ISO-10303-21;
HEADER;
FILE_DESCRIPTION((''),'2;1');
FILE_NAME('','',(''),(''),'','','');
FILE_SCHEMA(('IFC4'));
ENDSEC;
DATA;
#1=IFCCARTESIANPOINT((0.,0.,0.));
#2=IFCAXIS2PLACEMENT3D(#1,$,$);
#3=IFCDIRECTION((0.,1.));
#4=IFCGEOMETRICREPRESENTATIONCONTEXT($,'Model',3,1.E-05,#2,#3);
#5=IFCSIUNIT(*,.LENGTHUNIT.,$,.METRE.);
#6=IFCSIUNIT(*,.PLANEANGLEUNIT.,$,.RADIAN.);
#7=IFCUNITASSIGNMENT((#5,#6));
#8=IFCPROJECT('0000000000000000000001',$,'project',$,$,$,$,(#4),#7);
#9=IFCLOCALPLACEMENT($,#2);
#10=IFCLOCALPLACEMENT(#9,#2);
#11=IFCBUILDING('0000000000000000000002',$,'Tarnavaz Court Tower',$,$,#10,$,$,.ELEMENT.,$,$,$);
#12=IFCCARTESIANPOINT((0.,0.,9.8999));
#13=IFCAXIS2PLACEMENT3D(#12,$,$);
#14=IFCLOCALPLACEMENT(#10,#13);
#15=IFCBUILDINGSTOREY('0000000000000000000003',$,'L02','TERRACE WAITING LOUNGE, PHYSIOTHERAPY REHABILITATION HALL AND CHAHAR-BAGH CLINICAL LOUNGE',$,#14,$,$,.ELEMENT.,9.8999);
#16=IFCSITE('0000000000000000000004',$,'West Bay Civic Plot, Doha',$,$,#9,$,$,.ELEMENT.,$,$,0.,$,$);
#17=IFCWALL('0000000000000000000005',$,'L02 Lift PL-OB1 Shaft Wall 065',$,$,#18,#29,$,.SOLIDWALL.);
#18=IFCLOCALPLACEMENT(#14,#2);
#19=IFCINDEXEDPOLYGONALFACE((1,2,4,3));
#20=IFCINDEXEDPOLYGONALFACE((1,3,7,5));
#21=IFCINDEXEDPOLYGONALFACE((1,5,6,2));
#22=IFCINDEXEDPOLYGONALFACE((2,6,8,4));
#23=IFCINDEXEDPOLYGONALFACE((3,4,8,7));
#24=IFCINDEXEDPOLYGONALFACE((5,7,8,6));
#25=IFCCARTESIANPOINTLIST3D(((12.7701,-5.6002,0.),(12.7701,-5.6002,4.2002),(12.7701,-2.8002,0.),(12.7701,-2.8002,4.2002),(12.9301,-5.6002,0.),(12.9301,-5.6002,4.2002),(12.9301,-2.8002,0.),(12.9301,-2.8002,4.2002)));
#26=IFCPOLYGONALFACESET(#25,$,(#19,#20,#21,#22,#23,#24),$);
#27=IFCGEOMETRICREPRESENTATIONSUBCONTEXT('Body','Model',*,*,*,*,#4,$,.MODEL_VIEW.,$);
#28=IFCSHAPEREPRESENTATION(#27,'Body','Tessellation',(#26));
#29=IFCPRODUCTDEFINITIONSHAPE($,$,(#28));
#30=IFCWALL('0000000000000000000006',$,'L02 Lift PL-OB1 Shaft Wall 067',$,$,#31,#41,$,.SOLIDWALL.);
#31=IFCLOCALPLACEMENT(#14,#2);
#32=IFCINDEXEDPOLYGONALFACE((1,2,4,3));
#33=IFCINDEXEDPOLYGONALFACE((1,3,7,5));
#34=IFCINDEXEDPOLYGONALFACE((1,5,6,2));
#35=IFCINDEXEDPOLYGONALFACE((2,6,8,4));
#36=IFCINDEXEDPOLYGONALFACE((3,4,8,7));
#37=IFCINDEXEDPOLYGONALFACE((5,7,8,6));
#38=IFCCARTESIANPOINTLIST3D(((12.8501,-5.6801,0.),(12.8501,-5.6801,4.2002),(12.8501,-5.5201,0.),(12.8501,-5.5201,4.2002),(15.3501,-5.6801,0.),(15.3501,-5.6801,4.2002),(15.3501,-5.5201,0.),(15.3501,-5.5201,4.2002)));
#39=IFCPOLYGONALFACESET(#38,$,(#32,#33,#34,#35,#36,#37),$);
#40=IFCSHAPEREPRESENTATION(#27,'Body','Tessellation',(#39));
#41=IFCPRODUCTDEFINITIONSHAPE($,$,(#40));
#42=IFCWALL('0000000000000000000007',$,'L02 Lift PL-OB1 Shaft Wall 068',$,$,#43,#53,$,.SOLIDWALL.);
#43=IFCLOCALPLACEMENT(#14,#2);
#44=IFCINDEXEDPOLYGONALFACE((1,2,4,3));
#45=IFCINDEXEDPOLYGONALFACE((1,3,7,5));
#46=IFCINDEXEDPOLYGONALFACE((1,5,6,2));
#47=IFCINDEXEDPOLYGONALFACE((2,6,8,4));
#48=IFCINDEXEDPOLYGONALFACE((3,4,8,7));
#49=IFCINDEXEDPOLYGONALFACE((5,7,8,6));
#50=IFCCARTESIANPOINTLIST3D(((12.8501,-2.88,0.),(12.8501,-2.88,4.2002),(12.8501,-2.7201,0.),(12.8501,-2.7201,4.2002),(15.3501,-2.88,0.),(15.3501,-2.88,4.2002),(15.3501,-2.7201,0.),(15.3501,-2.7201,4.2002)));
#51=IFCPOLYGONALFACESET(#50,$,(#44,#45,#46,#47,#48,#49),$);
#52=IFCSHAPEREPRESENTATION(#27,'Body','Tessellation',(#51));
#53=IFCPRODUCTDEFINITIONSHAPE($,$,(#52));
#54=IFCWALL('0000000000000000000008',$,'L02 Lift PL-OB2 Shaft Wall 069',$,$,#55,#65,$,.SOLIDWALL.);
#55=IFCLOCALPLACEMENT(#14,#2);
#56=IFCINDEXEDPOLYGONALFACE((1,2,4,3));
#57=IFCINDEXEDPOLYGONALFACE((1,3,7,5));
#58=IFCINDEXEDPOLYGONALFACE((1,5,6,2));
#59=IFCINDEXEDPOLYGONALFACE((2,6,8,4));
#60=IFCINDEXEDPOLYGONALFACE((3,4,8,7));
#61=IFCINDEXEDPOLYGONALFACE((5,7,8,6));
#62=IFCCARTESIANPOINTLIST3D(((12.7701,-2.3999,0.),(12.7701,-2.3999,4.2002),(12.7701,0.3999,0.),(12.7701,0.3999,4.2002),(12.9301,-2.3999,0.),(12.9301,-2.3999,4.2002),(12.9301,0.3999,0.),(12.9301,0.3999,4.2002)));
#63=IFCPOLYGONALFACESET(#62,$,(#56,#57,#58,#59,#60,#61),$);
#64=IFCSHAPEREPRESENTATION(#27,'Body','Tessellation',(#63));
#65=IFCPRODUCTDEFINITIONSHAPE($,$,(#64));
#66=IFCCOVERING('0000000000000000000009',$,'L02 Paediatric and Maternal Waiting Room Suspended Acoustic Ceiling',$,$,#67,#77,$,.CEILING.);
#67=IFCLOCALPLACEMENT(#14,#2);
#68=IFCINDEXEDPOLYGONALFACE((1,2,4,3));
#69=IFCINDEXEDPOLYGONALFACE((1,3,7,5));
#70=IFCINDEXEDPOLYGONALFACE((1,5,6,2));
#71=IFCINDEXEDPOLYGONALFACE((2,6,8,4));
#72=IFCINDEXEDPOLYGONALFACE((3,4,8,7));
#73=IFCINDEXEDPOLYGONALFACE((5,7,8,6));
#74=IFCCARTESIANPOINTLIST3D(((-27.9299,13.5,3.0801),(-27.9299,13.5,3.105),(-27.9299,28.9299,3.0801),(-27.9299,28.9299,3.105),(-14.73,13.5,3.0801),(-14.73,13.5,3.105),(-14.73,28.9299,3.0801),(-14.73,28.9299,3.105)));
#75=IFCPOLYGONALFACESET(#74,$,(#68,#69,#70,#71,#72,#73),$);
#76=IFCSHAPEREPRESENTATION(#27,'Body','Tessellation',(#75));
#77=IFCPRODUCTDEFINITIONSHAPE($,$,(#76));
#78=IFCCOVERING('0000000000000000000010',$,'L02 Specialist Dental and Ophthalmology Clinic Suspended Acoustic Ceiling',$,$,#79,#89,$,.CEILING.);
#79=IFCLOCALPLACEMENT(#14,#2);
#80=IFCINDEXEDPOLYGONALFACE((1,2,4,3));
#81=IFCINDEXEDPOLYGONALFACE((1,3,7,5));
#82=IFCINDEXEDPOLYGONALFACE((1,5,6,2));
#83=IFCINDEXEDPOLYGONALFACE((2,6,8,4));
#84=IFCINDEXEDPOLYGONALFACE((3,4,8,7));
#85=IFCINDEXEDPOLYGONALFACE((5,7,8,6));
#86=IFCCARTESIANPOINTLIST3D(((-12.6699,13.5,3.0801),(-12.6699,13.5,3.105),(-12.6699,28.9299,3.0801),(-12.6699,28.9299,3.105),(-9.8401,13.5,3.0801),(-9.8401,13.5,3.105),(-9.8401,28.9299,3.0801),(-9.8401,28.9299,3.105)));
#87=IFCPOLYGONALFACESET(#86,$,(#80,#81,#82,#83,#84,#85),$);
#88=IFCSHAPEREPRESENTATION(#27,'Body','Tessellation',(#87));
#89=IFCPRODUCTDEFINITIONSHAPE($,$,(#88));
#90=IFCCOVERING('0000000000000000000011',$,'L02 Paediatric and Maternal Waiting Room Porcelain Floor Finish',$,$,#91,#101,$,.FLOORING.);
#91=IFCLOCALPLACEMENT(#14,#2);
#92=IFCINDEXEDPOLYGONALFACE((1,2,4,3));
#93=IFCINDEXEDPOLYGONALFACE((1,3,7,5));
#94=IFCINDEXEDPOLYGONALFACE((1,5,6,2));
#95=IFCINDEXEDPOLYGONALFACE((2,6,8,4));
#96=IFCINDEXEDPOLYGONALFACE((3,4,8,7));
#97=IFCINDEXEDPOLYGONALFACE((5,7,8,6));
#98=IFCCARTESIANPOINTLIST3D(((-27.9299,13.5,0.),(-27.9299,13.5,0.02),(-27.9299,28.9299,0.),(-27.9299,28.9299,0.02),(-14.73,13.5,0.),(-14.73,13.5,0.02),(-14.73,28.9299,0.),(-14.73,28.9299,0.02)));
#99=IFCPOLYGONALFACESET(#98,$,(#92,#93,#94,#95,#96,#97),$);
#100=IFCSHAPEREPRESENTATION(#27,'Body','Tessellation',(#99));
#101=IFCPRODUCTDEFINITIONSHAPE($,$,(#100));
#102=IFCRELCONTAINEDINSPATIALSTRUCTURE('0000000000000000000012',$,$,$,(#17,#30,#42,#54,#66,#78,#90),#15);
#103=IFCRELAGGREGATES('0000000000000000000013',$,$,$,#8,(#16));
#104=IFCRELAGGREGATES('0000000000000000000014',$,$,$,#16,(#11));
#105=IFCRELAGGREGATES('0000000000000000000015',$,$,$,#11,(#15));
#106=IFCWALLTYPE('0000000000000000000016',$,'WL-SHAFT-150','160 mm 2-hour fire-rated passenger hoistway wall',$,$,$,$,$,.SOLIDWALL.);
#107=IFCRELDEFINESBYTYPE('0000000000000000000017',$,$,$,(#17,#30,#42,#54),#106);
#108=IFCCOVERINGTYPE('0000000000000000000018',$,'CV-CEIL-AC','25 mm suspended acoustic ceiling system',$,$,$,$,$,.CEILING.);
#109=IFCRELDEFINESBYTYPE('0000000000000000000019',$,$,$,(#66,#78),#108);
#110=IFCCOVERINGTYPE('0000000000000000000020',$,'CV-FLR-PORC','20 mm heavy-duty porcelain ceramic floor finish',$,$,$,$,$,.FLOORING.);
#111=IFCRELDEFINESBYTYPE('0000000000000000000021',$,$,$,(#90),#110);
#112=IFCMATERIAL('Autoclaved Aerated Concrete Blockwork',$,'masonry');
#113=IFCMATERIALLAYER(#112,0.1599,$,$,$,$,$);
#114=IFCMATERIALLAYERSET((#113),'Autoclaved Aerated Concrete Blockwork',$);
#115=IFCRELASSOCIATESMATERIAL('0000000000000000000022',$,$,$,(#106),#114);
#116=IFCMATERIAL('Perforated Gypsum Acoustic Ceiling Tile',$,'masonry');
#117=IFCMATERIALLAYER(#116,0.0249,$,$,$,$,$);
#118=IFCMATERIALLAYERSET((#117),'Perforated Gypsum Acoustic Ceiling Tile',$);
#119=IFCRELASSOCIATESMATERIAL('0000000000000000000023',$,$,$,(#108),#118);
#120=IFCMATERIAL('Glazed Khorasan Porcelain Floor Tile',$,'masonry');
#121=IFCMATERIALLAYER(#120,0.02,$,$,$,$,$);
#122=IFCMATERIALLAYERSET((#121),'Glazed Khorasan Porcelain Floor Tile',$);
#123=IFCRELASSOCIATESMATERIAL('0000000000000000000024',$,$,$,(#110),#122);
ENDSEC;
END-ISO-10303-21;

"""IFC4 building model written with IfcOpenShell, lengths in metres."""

from ifc_helpers import new_model, si_unit, direction, frame, frame_2d, origin, place, context, subcontext, project, spatial, polyline, rectangle, outline, extrude, material, layer, layer_set, type_object, element, save


model = new_model("IFC4")

# Units and contexts
model_context = context("Model", 3, precision=1e-05, world=origin(), true_north=direction((0.0, 1.0)))
body_context = subcontext(model_context, "Body", "Model", "MODEL_VIEW")
ifc_project = project(units=[si_unit("LENGTHUNIT", "METRE"), si_unit("PLANEANGLEUNIT", "RADIAN")], contexts=[model_context])

# Site, building, storey
site_placement = place(None, origin())
site = spatial("IfcSite", under=ifc_project, at=site_placement, Name="West Bay Civic Plot, Doha", CompositionType="ELEMENT", RefElevation=0.0)
building_placement = place(site_placement, origin())
building = spatial("IfcBuilding", under=site, at=building_placement, Name="Tarnavaz Court Tower", CompositionType="ELEMENT")
storey_placement = place(building_placement, frame((0.0, 0.0, 9.8999)))
storey = spatial("IfcBuildingStorey", under=building, at=storey_placement, Name="L02", Description="TERRACE WAITING LOUNGE, PHYSIOTHERAPY REHABILITATION HALL AND CHAHAR-BAGH CLINICAL LOUNGE", CompositionType="ELEMENT", Elevation=9.8999)

# Walls
ifc_material_1 = material(Name="Autoclaved Aerated Concrete Blockwork", Category="masonry")
ifc_layer_1 = layer(ifc_material_1, 0.1599)
ifc_layer_set_1 = layer_set([ifc_layer_1], Name="Autoclaved Aerated Concrete Blockwork")
wall_type_1 = type_object("IfcWallType", Name="WL-SHAFT-150", Description="160 mm 2-hour fire-rated passenger hoistway wall", PredefinedType="SOLIDWALL", material=ifc_layer_set_1)
wall_1_placement = place(storey_placement, frame((12.8501, -5.6001, 0.0), z_axis=(0.0, 0.0, 1.0), x_axis=(0.0, 1.0, 0.0)))
element("IfcWall", 1, at=wall_1_placement, inside=storey, type_object=wall_type_1, Name="L02 Lift PL-OB1 Shaft Wall 065", PredefinedType="SOLIDWALL", context=body_context, shape_type="SweptSolid", body=[
    extrude(rectangle(XDim=2.8, YDim=0.1599, at=frame_2d((1.3999, 0.0))), origin(), (0.0, 0.0, 1.0), 4.2002),
])
for number, where, z_axis, x_axis, name in (
    (2, (12.8501, -5.6001, 0.0), (0.0, 0.0, 1.0), (1.0, 0.0, 0.0), "L02 Lift PL-OB1 Shaft Wall 067"),
    (3, (12.8501, -2.8, 0.0), (0.0, 0.0, 1.0), (1.0, 0.0, 0.0), "L02 Lift PL-OB1 Shaft Wall 068"),
):
    element("IfcWall", number, at=place(storey_placement, frame(where, z_axis=z_axis, x_axis=x_axis)), inside=storey, type_object=wall_type_1, Name=name, PredefinedType="SOLIDWALL", context=body_context, shape_type="SweptSolid", body=[
        extrude(rectangle(XDim=2.5, YDim=0.1599, at=frame_2d((1.25, 0.0))), origin(), (0.0, 0.0, 1.0), 4.2002),
    ])
wall_2_placement = place(storey_placement, frame((12.8501, -2.3999, 0.0), z_axis=(0.0, 0.0, 1.0), x_axis=(0.0, 1.0, 0.0)))
element("IfcWall", 4, at=wall_2_placement, inside=storey, type_object=wall_type_1, Name="L02 Lift PL-OB2 Shaft Wall 069", PredefinedType="SOLIDWALL", context=body_context, shape_type="SweptSolid", body=[
    extrude(rectangle(XDim=2.7998, YDim=0.1599, at=frame_2d((1.3999, 0.0))), origin(), (0.0, 0.0, 1.0), 4.2002),
])

# Coverings
ifc_material_2 = material(Name="Perforated Gypsum Acoustic Ceiling Tile", Category="masonry")
ifc_layer_2 = layer(ifc_material_2, 0.0249)
ifc_layer_set_2 = layer_set([ifc_layer_2], Name="Perforated Gypsum Acoustic Ceiling Tile")
covering_type_1 = type_object("IfcCoveringType", Name="CV-CEIL-AC", Description="25 mm suspended acoustic ceiling system", PredefinedType="CEILING", material=ifc_layer_set_2)
covering_1_placement = place(storey_placement, frame((0.0, 0.0, 3.0801)))
element("IfcCovering", 5, at=covering_1_placement, inside=storey, type_object=covering_type_1, Name="L02 Paediatric and Maternal Waiting Room Suspended Acoustic Ceiling", PredefinedType="CEILING", context=body_context, shape_type="SweptSolid", body=[
    extrude(outline(polyline([(-27.9299, 13.5), (-14.73, 13.5), (-14.73, 28.9299), (-27.9299, 28.9299), (-27.9299, 13.5)])), origin(), (0.0, 0.0, 1.0), 0.0249),
])
covering_2_placement = place(storey_placement, frame((0.0, 0.0, 3.0801)))
element("IfcCovering", 6, at=covering_2_placement, inside=storey, type_object=covering_type_1, Name="L02 Specialist Dental and Ophthalmology Clinic Suspended Acoustic Ceiling", PredefinedType="CEILING", context=body_context, shape_type="SweptSolid", body=[
    extrude(outline(polyline([(-12.6699, 13.5), (-9.8401, 13.5), (-9.8401, 28.9299), (-12.6699, 28.9299), (-12.6699, 13.5)])), origin(), (0.0, 0.0, 1.0), 0.0249),
])
ifc_material_3 = material(Name="Glazed Khorasan Porcelain Floor Tile", Category="masonry")
ifc_layer_3 = layer(ifc_material_3, 0.02)
ifc_layer_set_3 = layer_set([ifc_layer_3], Name="Glazed Khorasan Porcelain Floor Tile")
covering_type_2 = type_object("IfcCoveringType", Name="CV-FLR-PORC", Description="20 mm heavy-duty porcelain ceramic floor finish", PredefinedType="FLOORING", material=ifc_layer_set_3)
covering_3_placement = place(storey_placement, origin())
element("IfcCovering", 7, at=covering_3_placement, inside=storey, type_object=covering_type_2, Name="L02 Paediatric and Maternal Waiting Room Porcelain Floor Finish", PredefinedType="FLOORING", context=body_context, shape_type="SweptSolid", body=[
    extrude(outline(polyline([(-27.9299, 13.5), (-14.73, 13.5), (-14.73, 28.9299), (-27.9299, 28.9299), (-27.9299, 13.5)])), origin(), (0.0, 0.0, 1.0), 0.02),
])

save(model, "model.ifc")
